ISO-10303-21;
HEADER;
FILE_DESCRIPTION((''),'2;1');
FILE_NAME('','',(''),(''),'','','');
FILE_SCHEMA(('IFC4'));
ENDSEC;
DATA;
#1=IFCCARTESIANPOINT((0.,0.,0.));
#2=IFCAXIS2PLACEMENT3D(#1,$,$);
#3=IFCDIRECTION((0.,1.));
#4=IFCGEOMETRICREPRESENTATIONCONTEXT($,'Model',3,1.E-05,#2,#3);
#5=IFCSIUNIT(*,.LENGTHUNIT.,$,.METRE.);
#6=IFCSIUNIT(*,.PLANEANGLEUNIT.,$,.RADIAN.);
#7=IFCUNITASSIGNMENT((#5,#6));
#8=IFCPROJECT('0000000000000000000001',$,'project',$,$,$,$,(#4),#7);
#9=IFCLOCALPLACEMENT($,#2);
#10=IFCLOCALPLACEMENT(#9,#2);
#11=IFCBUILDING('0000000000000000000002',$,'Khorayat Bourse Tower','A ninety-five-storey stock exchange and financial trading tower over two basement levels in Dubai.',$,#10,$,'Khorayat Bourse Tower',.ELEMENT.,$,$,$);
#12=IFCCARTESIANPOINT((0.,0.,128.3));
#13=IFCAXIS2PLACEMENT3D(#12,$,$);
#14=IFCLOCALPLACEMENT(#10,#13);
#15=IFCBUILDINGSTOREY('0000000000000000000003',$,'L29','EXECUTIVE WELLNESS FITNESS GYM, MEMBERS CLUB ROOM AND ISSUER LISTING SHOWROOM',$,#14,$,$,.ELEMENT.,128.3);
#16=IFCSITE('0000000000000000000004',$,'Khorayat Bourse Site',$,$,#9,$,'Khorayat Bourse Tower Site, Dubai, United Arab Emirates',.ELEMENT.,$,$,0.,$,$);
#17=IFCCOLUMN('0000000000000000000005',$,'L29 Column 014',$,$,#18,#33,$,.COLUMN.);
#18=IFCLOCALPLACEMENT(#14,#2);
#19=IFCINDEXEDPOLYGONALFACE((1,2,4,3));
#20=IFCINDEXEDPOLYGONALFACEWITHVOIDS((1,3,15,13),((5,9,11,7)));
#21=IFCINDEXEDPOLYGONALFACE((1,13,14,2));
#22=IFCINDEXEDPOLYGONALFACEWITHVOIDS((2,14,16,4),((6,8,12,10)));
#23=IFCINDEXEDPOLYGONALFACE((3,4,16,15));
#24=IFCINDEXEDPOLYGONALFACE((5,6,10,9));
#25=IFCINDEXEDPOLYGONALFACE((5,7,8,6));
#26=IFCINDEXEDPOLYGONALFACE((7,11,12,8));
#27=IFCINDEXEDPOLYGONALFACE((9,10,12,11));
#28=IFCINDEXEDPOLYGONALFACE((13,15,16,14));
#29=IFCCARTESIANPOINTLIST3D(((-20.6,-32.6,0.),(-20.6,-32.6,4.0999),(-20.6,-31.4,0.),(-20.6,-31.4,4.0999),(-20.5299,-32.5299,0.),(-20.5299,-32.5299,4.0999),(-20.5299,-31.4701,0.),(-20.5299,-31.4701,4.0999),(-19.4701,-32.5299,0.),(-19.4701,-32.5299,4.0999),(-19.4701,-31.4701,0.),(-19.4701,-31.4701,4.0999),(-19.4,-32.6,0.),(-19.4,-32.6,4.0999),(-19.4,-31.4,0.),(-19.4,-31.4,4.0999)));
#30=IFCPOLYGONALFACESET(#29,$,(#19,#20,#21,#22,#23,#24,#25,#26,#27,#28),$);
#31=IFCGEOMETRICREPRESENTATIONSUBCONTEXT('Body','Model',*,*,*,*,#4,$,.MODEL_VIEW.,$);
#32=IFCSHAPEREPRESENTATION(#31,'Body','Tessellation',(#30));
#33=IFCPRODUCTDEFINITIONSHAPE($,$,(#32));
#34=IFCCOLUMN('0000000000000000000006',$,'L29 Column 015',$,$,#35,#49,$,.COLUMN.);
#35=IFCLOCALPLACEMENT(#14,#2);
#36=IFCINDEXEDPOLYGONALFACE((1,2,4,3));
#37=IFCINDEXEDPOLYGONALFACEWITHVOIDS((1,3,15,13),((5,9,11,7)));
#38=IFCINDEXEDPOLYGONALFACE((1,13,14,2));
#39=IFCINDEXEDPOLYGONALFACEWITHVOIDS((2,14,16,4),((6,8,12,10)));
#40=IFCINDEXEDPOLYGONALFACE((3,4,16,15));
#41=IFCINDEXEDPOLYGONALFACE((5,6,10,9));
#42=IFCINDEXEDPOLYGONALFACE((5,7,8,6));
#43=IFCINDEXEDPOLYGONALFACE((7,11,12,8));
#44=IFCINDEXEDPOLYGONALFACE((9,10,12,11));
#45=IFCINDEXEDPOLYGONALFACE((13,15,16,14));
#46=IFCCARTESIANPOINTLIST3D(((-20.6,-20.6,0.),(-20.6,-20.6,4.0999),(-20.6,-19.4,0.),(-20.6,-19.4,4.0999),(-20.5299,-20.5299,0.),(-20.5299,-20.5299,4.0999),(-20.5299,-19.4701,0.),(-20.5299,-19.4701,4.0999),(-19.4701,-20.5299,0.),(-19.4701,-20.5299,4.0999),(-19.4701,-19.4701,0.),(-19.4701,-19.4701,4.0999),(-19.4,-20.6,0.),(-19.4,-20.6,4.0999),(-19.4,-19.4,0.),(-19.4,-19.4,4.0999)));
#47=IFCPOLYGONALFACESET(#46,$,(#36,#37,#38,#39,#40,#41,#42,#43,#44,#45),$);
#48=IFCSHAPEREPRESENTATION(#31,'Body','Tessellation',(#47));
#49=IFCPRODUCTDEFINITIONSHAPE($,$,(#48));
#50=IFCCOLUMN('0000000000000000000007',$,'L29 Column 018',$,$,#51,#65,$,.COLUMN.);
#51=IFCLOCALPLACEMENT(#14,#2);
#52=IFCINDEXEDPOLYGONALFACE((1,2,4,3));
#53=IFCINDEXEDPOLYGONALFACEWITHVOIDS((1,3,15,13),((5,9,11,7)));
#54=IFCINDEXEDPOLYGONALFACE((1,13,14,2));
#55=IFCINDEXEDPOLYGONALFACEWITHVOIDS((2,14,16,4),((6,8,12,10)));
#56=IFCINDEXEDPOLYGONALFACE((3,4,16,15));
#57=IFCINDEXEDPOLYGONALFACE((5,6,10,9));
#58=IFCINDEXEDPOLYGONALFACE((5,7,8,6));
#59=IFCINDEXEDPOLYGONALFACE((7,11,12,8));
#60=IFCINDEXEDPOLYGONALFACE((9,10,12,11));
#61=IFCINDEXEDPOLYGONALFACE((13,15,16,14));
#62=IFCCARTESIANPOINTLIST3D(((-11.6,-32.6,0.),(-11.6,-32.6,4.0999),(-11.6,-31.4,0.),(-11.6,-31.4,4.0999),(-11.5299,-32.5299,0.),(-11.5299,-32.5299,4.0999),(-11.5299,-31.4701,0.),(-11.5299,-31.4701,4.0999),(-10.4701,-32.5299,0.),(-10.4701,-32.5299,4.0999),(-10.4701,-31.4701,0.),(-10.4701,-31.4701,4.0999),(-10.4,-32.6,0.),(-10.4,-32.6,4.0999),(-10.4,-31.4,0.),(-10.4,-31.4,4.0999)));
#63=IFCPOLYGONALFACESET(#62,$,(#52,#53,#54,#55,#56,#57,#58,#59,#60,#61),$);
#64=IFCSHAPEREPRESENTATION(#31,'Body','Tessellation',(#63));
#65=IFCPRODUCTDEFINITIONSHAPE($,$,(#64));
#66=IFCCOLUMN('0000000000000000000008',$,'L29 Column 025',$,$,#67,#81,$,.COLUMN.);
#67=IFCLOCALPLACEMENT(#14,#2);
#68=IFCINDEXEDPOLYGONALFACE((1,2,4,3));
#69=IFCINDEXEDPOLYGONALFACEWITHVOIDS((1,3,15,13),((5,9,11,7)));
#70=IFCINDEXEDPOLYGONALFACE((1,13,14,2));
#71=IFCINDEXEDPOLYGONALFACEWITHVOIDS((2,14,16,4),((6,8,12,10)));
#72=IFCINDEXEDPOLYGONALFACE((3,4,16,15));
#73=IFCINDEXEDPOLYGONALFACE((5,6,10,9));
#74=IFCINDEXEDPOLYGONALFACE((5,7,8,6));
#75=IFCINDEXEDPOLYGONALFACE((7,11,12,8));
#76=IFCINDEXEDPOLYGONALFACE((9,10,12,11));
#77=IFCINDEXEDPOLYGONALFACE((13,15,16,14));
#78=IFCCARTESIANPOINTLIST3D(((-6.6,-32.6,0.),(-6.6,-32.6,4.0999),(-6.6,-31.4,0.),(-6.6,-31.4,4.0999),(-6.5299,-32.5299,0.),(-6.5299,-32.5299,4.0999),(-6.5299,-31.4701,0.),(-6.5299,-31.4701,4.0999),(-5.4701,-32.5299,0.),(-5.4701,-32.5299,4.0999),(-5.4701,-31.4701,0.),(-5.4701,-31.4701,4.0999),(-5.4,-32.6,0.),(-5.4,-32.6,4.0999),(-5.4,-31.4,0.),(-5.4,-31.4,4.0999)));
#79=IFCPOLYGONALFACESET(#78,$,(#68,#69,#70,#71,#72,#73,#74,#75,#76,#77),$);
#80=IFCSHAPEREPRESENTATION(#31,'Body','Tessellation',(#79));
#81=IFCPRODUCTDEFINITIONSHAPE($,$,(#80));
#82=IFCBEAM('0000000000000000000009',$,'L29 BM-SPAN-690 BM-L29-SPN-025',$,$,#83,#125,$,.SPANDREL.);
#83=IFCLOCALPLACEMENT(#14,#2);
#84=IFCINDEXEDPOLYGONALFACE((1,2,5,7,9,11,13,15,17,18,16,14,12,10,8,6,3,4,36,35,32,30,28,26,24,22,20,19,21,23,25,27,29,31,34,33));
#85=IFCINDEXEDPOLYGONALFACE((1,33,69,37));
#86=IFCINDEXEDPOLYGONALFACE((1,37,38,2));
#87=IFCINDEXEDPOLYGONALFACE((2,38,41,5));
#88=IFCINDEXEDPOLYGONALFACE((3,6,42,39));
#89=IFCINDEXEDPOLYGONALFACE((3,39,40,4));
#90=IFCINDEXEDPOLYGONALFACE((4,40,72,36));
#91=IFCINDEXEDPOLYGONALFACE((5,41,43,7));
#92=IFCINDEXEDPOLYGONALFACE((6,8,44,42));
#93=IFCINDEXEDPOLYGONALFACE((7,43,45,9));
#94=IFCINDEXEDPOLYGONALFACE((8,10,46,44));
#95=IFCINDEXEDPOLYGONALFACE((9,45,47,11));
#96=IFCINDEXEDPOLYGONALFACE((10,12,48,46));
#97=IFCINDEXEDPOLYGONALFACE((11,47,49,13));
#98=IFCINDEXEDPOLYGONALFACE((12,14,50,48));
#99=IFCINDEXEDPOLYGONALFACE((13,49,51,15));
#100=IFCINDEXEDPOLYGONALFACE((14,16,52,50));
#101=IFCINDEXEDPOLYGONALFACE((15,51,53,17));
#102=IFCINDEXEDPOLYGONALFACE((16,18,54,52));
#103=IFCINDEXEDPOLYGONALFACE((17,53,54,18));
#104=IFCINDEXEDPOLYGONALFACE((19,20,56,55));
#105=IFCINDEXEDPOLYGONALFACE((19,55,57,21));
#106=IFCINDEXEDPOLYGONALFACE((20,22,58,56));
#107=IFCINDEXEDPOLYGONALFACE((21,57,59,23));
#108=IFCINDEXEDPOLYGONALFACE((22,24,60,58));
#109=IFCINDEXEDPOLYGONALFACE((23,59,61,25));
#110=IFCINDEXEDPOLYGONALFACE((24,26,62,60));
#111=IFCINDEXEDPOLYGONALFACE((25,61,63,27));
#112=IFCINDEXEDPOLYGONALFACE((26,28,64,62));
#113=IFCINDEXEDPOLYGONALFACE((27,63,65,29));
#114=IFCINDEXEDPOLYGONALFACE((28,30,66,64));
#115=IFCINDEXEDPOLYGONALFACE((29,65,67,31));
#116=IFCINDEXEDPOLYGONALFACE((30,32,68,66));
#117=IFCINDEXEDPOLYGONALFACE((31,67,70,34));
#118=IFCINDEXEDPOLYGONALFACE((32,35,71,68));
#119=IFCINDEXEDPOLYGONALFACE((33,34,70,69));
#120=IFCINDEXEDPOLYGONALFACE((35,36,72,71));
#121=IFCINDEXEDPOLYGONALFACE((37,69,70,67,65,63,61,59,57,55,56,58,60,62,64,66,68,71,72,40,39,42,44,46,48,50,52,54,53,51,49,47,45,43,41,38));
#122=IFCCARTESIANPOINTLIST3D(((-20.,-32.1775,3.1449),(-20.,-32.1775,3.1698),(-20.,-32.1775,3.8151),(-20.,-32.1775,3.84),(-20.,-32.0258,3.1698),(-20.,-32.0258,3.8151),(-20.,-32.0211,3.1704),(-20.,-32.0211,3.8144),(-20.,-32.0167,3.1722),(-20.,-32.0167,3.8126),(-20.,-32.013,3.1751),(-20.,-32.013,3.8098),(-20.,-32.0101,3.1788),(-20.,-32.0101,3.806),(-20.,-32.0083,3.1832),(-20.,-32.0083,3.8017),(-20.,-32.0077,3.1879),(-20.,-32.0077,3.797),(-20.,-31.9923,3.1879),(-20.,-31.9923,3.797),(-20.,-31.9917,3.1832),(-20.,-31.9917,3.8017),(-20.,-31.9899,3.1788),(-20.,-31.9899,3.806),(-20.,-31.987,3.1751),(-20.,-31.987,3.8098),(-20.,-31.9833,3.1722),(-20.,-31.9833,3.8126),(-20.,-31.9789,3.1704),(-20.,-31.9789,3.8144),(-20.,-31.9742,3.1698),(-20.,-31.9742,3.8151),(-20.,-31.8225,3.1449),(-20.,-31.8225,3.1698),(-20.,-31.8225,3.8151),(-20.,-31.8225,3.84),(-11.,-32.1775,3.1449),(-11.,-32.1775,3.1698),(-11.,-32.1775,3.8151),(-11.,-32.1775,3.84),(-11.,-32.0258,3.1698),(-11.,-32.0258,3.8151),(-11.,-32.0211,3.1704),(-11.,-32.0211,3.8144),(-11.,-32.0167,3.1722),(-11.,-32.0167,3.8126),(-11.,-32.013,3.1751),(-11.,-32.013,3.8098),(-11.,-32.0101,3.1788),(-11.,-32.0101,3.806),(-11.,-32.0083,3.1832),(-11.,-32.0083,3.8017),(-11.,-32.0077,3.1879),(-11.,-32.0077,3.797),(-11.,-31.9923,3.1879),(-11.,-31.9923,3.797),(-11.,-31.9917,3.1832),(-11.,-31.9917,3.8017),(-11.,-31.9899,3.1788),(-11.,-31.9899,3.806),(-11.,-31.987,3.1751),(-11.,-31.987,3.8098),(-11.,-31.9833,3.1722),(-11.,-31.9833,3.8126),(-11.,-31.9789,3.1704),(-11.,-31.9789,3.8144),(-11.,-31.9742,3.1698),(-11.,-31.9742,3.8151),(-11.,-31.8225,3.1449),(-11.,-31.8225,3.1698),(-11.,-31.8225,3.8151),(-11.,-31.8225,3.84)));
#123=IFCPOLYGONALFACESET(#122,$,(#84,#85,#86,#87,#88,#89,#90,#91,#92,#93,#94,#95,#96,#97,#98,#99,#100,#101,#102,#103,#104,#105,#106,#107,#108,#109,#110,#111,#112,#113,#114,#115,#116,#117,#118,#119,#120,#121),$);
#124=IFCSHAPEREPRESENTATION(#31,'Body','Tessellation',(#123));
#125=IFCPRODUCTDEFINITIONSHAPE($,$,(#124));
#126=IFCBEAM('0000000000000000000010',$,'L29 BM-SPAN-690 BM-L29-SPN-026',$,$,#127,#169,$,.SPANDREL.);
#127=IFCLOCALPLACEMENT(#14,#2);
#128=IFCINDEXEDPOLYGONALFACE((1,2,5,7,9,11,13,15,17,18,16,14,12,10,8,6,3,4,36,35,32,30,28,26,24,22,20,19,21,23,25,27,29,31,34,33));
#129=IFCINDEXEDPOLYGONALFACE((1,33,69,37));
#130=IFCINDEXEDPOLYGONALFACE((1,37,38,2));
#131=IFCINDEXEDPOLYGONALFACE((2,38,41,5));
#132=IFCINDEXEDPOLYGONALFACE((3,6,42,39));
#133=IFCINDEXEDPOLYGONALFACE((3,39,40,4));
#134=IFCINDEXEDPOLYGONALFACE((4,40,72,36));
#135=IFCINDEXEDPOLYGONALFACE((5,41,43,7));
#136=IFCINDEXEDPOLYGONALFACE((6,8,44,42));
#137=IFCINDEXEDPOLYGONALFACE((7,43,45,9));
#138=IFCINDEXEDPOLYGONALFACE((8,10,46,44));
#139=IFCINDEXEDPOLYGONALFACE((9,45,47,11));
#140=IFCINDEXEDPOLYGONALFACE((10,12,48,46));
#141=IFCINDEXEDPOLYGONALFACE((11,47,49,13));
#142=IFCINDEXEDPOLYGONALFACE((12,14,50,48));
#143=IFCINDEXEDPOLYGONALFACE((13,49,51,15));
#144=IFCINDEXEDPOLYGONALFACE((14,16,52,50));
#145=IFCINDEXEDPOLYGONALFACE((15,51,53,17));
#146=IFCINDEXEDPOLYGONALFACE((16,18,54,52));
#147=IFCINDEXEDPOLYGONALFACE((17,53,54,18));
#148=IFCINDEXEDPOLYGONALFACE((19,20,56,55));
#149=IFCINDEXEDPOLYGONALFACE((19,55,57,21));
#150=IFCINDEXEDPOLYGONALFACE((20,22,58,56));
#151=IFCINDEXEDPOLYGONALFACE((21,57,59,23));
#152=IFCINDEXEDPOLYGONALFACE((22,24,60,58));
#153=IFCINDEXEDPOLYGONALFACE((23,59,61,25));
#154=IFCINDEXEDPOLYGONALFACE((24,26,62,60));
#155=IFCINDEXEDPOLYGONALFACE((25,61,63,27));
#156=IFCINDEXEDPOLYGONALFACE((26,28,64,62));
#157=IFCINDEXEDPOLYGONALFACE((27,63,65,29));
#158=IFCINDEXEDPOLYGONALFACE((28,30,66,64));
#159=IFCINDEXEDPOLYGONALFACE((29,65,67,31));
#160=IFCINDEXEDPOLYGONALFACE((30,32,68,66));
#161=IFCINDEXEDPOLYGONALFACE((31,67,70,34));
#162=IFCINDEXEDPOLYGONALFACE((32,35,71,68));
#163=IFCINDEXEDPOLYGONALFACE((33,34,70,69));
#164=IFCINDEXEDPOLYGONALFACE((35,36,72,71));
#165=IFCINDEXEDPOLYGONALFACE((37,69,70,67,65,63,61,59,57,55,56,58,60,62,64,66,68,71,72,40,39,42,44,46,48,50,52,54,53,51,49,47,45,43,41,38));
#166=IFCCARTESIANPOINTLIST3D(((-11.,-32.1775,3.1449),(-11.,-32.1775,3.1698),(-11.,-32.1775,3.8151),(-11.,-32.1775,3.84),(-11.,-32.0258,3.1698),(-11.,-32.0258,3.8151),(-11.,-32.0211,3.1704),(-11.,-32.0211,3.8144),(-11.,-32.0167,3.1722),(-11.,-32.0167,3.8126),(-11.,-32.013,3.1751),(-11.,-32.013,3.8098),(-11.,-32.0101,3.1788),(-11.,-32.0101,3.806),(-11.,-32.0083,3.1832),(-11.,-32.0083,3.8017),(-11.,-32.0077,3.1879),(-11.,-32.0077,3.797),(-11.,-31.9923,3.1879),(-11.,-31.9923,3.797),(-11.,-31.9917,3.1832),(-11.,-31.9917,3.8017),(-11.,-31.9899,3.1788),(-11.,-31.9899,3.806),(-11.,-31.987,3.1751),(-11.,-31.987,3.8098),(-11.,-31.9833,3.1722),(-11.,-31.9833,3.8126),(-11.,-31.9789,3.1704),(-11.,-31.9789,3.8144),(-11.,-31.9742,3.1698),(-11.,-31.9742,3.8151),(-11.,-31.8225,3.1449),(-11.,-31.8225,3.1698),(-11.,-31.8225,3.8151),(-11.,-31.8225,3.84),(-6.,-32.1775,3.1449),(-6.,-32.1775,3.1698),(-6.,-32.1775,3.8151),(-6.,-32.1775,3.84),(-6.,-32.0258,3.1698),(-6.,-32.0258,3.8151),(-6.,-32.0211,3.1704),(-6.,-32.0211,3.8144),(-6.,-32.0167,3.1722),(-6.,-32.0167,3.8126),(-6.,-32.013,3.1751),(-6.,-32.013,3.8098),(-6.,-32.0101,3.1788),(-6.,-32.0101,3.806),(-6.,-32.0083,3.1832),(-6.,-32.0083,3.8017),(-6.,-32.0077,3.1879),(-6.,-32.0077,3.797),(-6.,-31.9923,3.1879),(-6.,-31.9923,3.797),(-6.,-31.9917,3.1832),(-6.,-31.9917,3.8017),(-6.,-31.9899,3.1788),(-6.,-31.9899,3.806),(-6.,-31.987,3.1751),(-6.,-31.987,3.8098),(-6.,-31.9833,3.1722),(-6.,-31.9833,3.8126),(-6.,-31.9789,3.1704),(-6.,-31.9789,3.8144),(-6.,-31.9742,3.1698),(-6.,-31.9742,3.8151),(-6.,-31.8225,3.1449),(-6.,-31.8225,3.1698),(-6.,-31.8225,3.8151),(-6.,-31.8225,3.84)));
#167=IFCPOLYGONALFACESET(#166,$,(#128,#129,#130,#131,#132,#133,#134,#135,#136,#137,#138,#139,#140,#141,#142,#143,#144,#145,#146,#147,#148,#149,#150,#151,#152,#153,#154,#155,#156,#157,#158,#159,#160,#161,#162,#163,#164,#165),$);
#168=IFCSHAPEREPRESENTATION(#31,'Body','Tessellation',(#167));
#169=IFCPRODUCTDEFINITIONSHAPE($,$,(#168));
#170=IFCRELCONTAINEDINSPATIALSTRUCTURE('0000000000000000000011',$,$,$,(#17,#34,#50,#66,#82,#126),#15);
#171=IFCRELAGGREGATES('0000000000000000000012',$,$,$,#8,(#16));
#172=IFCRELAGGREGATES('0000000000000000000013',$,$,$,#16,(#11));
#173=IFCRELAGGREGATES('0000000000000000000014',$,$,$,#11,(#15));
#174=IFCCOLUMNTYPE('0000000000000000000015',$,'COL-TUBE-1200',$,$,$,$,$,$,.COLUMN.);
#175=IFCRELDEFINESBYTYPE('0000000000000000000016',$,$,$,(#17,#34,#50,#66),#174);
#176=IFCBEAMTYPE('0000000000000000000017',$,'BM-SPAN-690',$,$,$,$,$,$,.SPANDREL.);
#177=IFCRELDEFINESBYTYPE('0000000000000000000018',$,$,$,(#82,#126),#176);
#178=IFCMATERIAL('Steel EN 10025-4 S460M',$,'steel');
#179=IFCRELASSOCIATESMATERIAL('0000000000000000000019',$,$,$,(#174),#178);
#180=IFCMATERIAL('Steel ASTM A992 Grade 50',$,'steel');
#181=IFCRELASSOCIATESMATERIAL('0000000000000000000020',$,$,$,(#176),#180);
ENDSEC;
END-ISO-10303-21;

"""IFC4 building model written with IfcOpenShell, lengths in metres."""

from ifc_helpers import new_model, si_unit, direction, frame, origin, origin_2d, place, context, subcontext, project, spatial, hollow_rectangle, i_section, extrude, source, transform, mapped, material, material_profile, profile_set, type_object, element, save


model = new_model("IFC4")

# Units and contexts
model_context = context("Model", 3, precision=1e-05, world=origin(), true_north=direction((0.0, 1.0)))
body_context = subcontext(model_context, "Body", "Model", "MODEL_VIEW")
ifc_project = project(units=[si_unit("LENGTHUNIT", "METRE"), si_unit("PLANEANGLEUNIT", "RADIAN")], contexts=[model_context])

# Site, building, storey
site_placement = place(None, origin())
site = spatial("IfcSite", under=ifc_project, at=site_placement, Name="Khorayat Bourse Site", LongName="Khorayat Bourse Tower Site, Dubai, United Arab Emirates", CompositionType="ELEMENT", RefElevation=0.0)
building_placement = place(site_placement, origin())
building = spatial("IfcBuilding", under=site, at=building_placement, Name="Khorayat Bourse Tower", Description="A ninety-five-storey stock exchange and financial trading tower over two basement levels in Dubai.", LongName="Khorayat Bourse Tower", CompositionType="ELEMENT")
storey_placement = place(building_placement, frame((0.0, 0.0, 128.3)))
storey = spatial("IfcBuildingStorey", under=building, at=storey_placement, Name="L29", Description="EXECUTIVE WELLNESS FITNESS GYM, MEMBERS CLUB ROOM AND ISSUER LISTING SHOWROOM", CompositionType="ELEMENT", Elevation=128.3)

# Columns
ifc_material_1 = material(Name="Steel EN 10025-4 S460M", Category="steel")
ifc_material_profile_1 = material_profile(ifc_material_1, hollow_rectangle(XDim=1.2, YDim=1.2, WallThickness=0.0701, at=origin_2d()), Name="BOX 1200x1200x70")
ifc_profile_set_1 = profile_set([ifc_material_profile_1], Name="Steel EN 10025-4 S460M")
column_type = type_object("IfcColumnType", Name="COL-TUBE-1200", PredefinedType="COLUMN", material=ifc_profile_set_1)
shared_shape_1 = source(origin(), body_context, "Body", "SweptSolid", [
    extrude(hollow_rectangle(XDim=1.2, YDim=1.2, WallThickness=0.0701, at=origin_2d()), origin(), (0.0, 0.0, 1.0), 4.0999),
])
for number, where, z_axis, x_axis, name in (
    (1, (-20.0, -32.0, 0.0), (0.0, 0.0, 1.0), (1.0, 0.0, 0.0), "L29 Column 014"),
    (2, (-20.0, -20.0, 0.0), (0.0, 0.0, 1.0), (1.0, 0.0, 0.0), "L29 Column 015"),
    (3, (-11.0, -32.0, 0.0), (0.0, 0.0, 1.0), (1.0, 0.0, 0.0), "L29 Column 018"),
    (4, (-6.0, -32.0, 0.0), (0.0, 0.0, 1.0), (1.0, 0.0, 0.0), "L29 Column 025"),
):
    element("IfcColumn", number, at=place(storey_placement, frame(where, z_axis=z_axis, x_axis=x_axis)), inside=storey, type_object=column_type, Name=name, PredefinedType="COLUMN", context=body_context, shape_type="MappedRepresentation", body=[
        mapped(shared_shape_1, transform((0.0, 0.0, 0.0), scale=1.0)),
    ])

# Beams
ifc_material_2 = material(Name="Steel ASTM A992 Grade 50", Category="steel")
ifc_material_profile_2 = material_profile(ifc_material_2, i_section(OverallWidth=0.355, OverallDepth=0.6951, WebThickness=0.0154, FlangeThickness=0.0249, FilletRadius=0.0181, at=origin_2d()), Name="W690X217")
ifc_profile_set_2 = profile_set([ifc_material_profile_2], Name="Steel ASTM A992 Grade 50")
beam_type_1 = type_object("IfcBeamType", Name="BM-SPAN-690", PredefinedType="SPANDREL", material=ifc_profile_set_2)
shared_shape_2 = source(origin(), body_context, "Body", "SweptSolid", [
    extrude(i_section(OverallWidth=0.355, OverallDepth=0.6951, WebThickness=0.0154, FlangeThickness=0.0249, FilletRadius=0.0181, at=origin_2d()), origin(), (0.0, 0.0, 1.0), 9.0),
])
beam_1_placement = place(storey_placement, frame((-20.0, -32.0, 3.4924), z_axis=(1.0, 0.0, 0.0), x_axis=(0.0, 1.0, 0.0)))
element("IfcBeam", 5, at=beam_1_placement, inside=storey, type_object=beam_type_1, Name="L29 BM-SPAN-690 BM-L29-SPN-025", PredefinedType="SPANDREL", context=body_context, shape_type="MappedRepresentation", body=[
    mapped(shared_shape_2, transform((0.0, 0.0, 0.0), scale=1.0)),
])
shared_shape_3 = source(origin(), body_context, "Body", "SweptSolid", [
    extrude(i_section(OverallWidth=0.355, OverallDepth=0.6951, WebThickness=0.0154, FlangeThickness=0.0249, FilletRadius=0.0181, at=origin_2d()), origin(), (0.0, 0.0, 1.0), 5.0),
])
beam_2_placement = place(storey_placement, frame((-11.0, -32.0, 3.4924), z_axis=(1.0, 0.0, 0.0), x_axis=(0.0, 1.0, 0.0)))
element("IfcBeam", 6, at=beam_2_placement, inside=storey, type_object=beam_type_1, Name="L29 BM-SPAN-690 BM-L29-SPN-026", PredefinedType="SPANDREL", context=body_context, shape_type="MappedRepresentation", body=[
    mapped(shared_shape_3, transform((0.0, 0.0, 0.0), scale=1.0)),
])

save(model, "model.ifc")
